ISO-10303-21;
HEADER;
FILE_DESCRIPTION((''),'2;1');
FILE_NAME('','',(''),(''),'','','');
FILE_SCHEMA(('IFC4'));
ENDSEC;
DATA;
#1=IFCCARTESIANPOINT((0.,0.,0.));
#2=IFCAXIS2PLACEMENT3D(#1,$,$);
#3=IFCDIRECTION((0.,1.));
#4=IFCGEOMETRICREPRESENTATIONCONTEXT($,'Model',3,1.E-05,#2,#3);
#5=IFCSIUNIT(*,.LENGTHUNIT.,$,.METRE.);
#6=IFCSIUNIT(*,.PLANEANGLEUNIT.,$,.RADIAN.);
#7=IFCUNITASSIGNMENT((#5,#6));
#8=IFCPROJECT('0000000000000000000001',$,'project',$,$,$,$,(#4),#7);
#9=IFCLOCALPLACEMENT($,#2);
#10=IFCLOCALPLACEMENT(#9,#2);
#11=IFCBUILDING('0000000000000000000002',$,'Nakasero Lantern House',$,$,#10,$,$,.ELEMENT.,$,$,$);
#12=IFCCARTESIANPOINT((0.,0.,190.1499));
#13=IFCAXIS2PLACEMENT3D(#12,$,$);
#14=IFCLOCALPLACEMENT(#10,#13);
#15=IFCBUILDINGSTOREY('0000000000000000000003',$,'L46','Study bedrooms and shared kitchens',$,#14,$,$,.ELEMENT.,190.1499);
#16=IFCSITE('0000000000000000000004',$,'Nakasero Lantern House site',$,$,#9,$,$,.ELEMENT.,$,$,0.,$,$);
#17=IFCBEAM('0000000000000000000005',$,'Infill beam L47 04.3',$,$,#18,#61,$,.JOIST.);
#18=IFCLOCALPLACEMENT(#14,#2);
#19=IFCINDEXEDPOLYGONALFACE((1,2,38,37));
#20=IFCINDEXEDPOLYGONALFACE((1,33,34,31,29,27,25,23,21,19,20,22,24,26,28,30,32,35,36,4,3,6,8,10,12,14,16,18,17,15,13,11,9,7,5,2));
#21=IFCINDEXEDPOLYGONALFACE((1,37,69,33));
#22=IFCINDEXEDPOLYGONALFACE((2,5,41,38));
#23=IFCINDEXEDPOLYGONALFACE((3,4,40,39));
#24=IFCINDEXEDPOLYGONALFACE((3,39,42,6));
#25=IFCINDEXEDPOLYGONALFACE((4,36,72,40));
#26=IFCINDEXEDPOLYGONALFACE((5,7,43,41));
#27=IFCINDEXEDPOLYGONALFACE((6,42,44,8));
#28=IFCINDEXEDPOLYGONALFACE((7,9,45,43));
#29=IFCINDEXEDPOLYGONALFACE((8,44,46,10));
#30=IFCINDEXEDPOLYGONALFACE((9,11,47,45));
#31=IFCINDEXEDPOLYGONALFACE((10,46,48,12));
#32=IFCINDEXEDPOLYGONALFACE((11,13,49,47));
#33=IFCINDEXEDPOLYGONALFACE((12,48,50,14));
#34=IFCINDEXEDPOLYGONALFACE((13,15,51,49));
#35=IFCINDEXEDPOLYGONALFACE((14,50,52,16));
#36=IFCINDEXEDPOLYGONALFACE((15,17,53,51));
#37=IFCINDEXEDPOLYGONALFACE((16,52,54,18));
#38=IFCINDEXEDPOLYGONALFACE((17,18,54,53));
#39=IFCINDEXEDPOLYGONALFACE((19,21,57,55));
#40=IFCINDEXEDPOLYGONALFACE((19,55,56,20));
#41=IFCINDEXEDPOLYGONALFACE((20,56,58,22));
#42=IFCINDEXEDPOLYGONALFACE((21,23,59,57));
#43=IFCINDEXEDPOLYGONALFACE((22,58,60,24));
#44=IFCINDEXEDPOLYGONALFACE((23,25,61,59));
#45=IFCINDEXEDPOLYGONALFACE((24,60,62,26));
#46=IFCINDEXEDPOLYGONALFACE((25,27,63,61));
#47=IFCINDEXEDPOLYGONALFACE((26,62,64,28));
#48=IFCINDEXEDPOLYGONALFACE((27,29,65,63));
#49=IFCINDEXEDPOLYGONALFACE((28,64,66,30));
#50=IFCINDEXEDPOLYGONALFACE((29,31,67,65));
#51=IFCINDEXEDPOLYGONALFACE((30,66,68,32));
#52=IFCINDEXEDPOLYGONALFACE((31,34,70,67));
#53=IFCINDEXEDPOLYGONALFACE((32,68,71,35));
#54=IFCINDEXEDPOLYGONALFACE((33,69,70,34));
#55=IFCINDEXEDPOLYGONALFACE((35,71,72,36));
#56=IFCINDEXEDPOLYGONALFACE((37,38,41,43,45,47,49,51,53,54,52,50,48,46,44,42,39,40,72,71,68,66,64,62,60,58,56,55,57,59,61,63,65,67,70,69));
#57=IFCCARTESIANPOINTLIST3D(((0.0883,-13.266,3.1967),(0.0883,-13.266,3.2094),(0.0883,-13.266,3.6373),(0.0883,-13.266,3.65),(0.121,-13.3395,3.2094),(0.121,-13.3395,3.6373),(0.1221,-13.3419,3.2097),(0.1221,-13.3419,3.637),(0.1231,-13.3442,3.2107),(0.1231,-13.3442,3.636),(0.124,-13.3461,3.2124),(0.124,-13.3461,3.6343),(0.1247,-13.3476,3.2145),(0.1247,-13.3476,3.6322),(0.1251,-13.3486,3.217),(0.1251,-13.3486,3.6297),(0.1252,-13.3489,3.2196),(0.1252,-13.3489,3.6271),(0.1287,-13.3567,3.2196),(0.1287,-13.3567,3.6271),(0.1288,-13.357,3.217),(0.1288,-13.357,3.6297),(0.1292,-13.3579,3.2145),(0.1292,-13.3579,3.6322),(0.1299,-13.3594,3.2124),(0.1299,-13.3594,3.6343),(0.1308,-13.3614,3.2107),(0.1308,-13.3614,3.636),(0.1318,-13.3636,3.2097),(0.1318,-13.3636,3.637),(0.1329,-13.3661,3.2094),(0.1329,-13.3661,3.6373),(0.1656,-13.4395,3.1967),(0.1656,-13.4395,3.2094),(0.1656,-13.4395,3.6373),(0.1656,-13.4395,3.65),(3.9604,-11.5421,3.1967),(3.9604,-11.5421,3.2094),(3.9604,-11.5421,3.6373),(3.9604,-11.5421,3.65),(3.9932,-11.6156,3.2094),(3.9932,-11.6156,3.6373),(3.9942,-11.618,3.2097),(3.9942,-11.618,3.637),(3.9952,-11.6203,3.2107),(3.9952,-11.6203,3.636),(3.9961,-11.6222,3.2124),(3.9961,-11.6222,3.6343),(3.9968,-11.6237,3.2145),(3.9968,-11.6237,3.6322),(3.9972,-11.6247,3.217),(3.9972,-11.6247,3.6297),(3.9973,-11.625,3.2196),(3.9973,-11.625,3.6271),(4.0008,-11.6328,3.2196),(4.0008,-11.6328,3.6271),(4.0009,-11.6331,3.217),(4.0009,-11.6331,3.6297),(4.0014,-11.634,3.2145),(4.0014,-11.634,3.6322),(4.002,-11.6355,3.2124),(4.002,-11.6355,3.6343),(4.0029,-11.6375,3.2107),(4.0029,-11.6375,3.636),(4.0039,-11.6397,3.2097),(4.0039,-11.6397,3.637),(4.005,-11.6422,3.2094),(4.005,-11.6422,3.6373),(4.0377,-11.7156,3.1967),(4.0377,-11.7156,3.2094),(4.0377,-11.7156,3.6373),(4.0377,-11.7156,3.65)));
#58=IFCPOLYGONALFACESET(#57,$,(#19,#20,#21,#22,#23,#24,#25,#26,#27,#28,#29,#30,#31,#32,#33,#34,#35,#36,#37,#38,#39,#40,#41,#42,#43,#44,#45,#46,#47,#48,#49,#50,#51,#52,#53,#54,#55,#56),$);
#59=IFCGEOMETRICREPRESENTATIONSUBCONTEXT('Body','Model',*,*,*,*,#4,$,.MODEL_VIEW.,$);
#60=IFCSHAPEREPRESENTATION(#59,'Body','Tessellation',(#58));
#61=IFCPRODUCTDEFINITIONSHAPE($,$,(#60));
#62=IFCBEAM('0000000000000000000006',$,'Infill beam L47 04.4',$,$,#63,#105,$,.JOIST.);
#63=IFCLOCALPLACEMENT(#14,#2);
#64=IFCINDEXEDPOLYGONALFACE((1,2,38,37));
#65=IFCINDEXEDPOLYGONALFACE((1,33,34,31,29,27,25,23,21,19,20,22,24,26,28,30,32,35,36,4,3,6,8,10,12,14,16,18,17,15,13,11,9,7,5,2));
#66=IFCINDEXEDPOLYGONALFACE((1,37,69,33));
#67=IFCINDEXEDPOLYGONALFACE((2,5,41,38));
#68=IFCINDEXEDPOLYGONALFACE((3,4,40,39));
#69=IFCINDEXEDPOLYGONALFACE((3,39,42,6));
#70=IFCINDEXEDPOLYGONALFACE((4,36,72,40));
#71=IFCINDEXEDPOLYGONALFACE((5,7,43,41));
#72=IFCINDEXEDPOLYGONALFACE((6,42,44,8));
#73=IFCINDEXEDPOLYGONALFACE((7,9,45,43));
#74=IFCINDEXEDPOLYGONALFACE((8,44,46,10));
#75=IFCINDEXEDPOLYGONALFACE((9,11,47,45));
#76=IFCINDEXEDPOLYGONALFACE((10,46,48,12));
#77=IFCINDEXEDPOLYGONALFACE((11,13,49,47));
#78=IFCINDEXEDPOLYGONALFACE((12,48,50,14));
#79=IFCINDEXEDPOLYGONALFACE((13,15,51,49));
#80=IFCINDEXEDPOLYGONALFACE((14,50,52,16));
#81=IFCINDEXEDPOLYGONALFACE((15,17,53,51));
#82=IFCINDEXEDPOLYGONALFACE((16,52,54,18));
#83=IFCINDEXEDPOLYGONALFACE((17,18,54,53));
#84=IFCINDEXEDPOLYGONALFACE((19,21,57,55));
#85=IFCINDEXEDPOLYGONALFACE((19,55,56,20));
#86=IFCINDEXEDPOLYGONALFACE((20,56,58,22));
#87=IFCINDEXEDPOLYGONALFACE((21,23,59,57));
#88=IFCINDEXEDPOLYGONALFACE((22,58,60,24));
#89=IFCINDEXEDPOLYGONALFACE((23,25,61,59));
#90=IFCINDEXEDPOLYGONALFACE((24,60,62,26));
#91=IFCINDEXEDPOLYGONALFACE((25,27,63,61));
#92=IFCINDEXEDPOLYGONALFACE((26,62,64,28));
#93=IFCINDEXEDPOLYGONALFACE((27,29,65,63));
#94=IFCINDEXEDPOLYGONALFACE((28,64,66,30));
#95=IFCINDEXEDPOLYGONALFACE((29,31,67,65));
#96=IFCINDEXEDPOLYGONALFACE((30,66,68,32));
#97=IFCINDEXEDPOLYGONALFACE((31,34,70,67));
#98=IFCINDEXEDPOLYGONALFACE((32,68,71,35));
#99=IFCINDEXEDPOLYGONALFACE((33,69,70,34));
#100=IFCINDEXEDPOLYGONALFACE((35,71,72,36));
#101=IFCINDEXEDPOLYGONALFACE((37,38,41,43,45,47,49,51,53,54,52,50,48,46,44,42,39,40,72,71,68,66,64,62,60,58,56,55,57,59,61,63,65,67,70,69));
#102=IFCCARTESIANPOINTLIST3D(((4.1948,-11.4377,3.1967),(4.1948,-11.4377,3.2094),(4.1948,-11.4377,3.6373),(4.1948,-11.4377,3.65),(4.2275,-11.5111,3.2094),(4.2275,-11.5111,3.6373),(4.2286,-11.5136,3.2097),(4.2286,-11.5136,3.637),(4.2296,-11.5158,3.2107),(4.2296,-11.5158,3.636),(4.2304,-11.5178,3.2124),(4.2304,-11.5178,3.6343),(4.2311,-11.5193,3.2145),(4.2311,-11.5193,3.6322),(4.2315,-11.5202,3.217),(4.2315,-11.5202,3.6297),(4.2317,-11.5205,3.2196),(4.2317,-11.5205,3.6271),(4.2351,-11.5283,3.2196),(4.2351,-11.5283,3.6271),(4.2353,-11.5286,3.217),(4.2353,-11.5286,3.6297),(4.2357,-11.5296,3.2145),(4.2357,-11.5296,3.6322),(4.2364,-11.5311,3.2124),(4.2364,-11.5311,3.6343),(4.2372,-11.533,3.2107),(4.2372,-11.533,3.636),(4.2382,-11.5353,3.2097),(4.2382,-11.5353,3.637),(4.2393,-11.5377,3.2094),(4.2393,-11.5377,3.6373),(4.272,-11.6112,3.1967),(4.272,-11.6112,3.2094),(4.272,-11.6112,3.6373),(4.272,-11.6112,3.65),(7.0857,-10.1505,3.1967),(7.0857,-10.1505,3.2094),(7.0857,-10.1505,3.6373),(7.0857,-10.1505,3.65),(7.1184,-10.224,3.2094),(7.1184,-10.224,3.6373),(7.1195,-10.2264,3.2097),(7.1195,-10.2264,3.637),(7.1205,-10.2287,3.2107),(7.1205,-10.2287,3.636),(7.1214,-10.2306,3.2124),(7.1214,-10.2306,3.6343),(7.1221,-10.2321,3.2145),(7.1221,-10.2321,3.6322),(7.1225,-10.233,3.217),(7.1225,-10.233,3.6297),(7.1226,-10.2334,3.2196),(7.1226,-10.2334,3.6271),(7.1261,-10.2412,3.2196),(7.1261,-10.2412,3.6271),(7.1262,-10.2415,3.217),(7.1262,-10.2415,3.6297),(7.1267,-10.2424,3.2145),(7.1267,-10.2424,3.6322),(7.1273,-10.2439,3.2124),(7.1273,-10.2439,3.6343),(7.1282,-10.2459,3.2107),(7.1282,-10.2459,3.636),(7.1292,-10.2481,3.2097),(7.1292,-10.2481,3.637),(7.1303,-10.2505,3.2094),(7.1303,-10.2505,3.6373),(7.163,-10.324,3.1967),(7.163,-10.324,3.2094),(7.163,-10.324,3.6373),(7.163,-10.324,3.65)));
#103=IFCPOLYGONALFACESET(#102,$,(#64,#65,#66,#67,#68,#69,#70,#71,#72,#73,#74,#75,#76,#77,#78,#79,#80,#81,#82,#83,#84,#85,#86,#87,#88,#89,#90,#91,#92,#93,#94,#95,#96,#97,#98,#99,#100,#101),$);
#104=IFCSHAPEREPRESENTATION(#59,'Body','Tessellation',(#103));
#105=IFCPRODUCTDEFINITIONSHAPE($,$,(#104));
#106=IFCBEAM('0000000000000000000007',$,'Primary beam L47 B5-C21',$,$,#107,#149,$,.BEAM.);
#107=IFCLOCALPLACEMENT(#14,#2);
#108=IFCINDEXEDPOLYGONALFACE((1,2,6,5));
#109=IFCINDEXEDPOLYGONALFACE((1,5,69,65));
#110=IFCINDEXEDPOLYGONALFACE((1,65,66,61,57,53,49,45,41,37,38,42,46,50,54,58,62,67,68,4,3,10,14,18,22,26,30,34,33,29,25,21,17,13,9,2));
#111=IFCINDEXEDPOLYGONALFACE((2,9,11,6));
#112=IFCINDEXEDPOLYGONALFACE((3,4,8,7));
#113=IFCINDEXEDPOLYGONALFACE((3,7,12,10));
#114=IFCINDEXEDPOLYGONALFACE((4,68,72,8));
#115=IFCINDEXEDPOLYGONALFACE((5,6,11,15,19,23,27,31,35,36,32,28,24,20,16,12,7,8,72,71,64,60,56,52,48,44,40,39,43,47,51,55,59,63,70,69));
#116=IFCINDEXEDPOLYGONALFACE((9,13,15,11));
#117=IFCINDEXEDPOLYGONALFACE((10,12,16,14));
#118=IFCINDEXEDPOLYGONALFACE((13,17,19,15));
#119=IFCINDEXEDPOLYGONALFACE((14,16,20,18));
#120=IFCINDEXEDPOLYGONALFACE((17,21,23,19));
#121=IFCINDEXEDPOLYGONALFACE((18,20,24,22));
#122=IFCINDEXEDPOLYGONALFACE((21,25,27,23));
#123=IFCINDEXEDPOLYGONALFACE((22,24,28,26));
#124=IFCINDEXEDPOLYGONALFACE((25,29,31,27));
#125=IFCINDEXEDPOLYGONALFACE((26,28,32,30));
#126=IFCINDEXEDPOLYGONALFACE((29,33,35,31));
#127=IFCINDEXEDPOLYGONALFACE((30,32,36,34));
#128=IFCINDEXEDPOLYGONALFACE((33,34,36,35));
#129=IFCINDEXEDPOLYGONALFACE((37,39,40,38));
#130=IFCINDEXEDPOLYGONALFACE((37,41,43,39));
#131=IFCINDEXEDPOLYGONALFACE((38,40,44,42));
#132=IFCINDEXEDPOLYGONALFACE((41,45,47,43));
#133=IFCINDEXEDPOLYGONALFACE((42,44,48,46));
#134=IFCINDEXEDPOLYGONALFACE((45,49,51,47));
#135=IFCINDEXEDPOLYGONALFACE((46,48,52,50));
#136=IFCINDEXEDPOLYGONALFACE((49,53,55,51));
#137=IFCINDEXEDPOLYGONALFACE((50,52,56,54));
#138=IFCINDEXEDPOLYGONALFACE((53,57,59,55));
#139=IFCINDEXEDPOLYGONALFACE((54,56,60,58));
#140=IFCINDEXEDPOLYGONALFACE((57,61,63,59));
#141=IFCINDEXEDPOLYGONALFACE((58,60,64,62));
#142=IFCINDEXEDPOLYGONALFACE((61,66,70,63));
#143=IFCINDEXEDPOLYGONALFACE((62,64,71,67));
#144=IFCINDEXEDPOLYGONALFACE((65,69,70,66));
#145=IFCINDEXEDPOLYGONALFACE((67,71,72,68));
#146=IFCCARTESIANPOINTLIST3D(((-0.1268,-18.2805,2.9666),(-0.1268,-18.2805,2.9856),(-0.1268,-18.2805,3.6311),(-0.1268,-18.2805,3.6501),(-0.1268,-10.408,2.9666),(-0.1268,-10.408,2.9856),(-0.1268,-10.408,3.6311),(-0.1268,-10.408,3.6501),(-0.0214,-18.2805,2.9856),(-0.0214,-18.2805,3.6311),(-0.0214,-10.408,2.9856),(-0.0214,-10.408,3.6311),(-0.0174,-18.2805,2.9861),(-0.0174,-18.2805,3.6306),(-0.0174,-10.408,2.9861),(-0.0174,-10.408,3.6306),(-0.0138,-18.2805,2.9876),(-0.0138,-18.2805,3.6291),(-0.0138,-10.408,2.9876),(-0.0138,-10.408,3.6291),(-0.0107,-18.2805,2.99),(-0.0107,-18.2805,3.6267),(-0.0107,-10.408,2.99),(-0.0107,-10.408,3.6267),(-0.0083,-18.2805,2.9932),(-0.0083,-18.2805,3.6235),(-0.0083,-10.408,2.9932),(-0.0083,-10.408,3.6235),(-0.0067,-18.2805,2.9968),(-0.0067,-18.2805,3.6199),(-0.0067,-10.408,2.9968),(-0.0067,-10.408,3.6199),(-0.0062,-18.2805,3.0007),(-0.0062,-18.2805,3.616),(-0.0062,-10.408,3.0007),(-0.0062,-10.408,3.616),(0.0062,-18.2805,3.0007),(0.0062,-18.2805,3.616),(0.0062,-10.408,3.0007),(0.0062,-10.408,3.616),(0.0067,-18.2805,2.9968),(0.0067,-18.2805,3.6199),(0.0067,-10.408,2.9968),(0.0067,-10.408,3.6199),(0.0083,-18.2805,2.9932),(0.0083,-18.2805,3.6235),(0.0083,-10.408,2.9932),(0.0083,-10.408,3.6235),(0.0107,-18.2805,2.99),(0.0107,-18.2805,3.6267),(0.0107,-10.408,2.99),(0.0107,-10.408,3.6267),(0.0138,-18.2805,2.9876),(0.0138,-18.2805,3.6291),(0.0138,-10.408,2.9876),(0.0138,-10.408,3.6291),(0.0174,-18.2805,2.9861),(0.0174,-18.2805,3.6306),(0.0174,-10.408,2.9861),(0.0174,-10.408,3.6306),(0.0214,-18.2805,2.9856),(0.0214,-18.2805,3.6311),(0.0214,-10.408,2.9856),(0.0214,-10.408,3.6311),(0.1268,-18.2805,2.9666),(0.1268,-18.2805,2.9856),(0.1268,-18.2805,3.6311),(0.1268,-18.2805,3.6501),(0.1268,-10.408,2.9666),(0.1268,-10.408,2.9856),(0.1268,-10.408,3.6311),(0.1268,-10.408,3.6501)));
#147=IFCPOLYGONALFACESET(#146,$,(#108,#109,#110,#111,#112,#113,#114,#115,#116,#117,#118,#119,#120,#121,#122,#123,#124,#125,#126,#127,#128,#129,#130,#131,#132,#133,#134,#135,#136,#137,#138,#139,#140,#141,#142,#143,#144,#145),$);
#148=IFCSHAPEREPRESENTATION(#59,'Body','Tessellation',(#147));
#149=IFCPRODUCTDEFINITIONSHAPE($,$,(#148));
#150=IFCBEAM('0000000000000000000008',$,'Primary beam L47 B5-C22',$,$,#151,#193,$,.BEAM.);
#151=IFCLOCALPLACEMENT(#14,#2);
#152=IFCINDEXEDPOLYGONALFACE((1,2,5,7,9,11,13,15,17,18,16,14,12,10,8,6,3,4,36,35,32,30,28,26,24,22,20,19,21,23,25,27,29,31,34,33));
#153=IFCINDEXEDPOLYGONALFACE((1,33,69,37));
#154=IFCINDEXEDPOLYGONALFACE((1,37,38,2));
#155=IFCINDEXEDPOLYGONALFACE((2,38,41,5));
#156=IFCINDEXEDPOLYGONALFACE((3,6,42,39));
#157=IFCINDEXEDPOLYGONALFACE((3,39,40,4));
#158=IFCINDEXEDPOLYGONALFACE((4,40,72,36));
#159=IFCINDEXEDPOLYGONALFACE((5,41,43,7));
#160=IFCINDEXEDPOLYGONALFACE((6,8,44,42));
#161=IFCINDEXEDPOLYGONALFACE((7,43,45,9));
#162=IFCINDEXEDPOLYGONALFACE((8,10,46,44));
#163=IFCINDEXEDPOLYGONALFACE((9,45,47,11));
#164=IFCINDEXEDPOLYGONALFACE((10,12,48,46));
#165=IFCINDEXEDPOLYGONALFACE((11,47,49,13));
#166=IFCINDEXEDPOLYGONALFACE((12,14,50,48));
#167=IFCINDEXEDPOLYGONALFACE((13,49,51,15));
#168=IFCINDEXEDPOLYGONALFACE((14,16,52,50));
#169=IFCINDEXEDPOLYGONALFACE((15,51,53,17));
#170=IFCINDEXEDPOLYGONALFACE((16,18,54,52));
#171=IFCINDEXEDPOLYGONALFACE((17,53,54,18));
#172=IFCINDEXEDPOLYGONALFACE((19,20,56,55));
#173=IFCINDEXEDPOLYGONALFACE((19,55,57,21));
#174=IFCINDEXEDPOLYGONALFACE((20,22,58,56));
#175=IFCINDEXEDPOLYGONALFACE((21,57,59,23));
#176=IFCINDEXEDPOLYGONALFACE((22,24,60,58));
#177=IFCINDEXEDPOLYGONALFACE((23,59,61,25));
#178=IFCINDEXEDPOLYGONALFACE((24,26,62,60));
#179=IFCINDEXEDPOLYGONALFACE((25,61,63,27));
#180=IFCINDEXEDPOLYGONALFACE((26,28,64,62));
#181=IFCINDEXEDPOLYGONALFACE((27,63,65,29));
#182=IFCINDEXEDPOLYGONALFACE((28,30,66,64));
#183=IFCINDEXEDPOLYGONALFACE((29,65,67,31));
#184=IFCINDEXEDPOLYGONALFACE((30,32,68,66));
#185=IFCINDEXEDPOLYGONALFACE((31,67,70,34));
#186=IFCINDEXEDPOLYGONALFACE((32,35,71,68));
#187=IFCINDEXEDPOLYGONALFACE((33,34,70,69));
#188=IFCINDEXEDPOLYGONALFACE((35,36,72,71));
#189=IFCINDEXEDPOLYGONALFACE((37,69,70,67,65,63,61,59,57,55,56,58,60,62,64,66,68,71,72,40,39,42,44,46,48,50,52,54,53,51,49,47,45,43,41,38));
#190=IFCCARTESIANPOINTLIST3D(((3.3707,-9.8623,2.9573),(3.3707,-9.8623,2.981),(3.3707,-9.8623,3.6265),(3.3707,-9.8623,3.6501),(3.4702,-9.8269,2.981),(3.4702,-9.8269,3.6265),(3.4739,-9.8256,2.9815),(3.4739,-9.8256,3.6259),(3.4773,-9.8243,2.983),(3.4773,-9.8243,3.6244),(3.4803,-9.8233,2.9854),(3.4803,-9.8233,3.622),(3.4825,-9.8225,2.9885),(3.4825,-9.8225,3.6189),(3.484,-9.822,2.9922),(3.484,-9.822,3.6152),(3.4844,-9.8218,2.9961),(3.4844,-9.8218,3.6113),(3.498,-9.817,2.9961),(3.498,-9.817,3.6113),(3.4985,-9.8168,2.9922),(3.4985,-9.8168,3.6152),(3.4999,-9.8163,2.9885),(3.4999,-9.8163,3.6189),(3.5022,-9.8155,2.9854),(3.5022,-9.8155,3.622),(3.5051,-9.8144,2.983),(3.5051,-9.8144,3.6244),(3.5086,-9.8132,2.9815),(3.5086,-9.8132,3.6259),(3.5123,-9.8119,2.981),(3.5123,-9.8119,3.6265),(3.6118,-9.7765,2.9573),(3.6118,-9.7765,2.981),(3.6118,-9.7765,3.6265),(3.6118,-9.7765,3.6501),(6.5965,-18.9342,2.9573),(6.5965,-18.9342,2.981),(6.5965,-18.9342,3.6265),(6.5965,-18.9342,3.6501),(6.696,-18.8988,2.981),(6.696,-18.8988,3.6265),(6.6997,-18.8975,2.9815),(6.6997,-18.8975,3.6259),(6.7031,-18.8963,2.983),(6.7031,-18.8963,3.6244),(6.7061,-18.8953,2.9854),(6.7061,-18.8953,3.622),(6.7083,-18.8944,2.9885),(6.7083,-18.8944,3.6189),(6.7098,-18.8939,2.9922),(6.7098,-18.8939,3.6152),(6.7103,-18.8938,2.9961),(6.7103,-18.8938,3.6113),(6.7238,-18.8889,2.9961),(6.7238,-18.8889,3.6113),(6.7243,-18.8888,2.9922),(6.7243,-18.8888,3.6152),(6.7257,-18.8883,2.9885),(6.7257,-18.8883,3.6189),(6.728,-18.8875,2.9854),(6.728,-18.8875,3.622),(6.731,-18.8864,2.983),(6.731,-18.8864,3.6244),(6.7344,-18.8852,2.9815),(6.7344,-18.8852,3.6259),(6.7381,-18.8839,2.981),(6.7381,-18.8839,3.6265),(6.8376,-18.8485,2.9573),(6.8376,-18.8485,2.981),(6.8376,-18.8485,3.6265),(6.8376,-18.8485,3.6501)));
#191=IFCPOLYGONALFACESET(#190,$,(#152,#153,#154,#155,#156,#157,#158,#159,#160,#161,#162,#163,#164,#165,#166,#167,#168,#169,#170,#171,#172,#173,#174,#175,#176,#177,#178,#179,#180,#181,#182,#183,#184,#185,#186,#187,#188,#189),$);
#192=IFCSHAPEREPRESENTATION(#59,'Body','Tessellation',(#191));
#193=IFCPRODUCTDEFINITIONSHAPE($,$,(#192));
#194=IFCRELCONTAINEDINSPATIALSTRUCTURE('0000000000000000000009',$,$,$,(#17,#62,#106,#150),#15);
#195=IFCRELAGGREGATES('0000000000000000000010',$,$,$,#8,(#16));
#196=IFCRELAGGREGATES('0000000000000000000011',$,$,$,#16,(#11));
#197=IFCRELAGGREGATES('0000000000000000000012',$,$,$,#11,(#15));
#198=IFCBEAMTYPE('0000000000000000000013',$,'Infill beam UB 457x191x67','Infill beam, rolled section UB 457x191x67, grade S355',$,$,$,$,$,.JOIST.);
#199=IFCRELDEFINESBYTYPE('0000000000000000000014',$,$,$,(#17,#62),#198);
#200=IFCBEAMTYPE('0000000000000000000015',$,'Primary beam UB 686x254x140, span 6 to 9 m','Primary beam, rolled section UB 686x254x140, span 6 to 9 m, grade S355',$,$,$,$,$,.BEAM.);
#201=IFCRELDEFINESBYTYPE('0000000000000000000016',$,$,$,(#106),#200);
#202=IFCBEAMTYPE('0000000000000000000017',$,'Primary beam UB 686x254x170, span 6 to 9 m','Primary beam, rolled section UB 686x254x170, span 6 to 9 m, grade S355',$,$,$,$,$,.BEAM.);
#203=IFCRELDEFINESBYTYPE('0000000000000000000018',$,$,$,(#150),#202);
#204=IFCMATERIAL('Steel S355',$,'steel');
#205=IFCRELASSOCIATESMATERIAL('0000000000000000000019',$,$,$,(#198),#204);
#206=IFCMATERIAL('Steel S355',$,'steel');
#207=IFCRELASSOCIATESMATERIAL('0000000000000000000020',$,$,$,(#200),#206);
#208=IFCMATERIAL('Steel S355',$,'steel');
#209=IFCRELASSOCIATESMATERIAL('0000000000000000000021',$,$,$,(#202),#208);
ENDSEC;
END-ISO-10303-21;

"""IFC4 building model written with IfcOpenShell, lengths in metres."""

from ifc_helpers import new_model, si_unit, direction, frame, origin, origin_2d, place, context, subcontext, project, spatial, i_section, extrude, material, material_profile, profile_set, type_object, element, save


model = new_model("IFC4")

# Units and contexts
model_context = context("Model", 3, precision=1e-05, world=origin(), true_north=direction((0.0, 1.0)))
body_context = subcontext(model_context, "Body", "Model", "MODEL_VIEW")
ifc_project = project(units=[si_unit("LENGTHUNIT", "METRE"), si_unit("PLANEANGLEUNIT", "RADIAN")], contexts=[model_context])

# Site, building, storey
site_placement = place(None, origin())
site = spatial("IfcSite", under=ifc_project, at=site_placement, Name="Nakasero Lantern House site", CompositionType="ELEMENT", RefElevation=0.0)
building_placement = place(site_placement, origin())
building = spatial("IfcBuilding", under=site, at=building_placement, Name="Nakasero Lantern House", CompositionType="ELEMENT")
storey_placement = place(building_placement, frame((0.0, 0.0, 190.1499)))
storey = spatial("IfcBuildingStorey", under=building, at=storey_placement, Name="L46", Description="Study bedrooms and shared kitchens", CompositionType="ELEMENT", Elevation=190.1499)

# Beams
ifc_material_1 = material(Name="Steel S355", Category="steel")
ifc_material_profile_1 = material_profile(ifc_material_1, i_section(OverallWidth=0.1899, OverallDepth=0.4534, WebThickness=0.0085, FlangeThickness=0.0127, FilletRadius=0.0103, at=origin_2d()), Name="UB 457x191x67")
ifc_profile_set_1 = profile_set([ifc_material_profile_1], Name="Steel S355")
beam_type_1 = type_object("IfcBeamType", Name="Infill beam UB 457x191x67", Description="Infill beam, rolled section UB 457x191x67, grade S355", PredefinedType="JOIST", material=ifc_profile_set_1)
beam_1_placement = place(storey_placement, frame((0.127, -13.3528, 3.4233), z_axis=(0.913552, 0.406721, 0.0), x_axis=(-0.406721, 0.913552, 0.0)))
element("IfcBeam", 1, at=beam_1_placement, inside=storey, type_object=beam_type_1, Name="Infill beam L47 04.3", PredefinedType="JOIST", context=body_context, shape_type="SweptSolid", body=[
    extrude(i_section(OverallWidth=0.1899, OverallDepth=0.4534, WebThickness=0.0085, FlangeThickness=0.0127, FilletRadius=0.0103, at=origin_2d()), origin(), (0.0, 0.0, 1.0), 4.2385),
])
beam_2_placement = place(storey_placement, frame((4.2334, -11.5244, 3.4233), z_axis=(0.913544, 0.40674, 0.0), x_axis=(-0.40674, 0.913544, 0.0)))
element("IfcBeam", 2, at=beam_2_placement, inside=storey, type_object=beam_type_1, Name="Infill beam L47 04.4", PredefinedType="JOIST", context=body_context, shape_type="SweptSolid", body=[
    extrude(i_section(OverallWidth=0.1899, OverallDepth=0.4534, WebThickness=0.0085, FlangeThickness=0.0127, FilletRadius=0.0103, at=origin_2d()), origin(), (0.0, 0.0, 1.0), 3.1646),
])
ifc_material_2 = material(Name="Steel S355", Category="steel")
ifc_material_profile_2 = material_profile(ifc_material_2, i_section(OverallWidth=0.2537, OverallDepth=0.6836, WebThickness=0.0125, FlangeThickness=0.019, FilletRadius=0.0151, at=origin_2d()), Name="UB 686x254x140")
ifc_profile_set_2 = profile_set([ifc_material_profile_2], Name="Steel S355")
beam_type_2 = type_object("IfcBeamType", Name="Primary beam UB 686x254x140, span 6 to 9 m", Description="Primary beam, rolled section UB 686x254x140, span 6 to 9 m, grade S355", PredefinedType="BEAM", material=ifc_profile_set_2)
beam_3_placement = place(storey_placement, frame((0.0, -18.2805, 3.3083), z_axis=(0.0, 1.0, 0.0), x_axis=(-1.0, 0.0, 0.0)))
element("IfcBeam", 3, at=beam_3_placement, inside=storey, type_object=beam_type_2, Name="Primary beam L47 B5-C21", PredefinedType="BEAM", context=body_context, shape_type="SweptSolid", body=[
    extrude(i_section(OverallWidth=0.2537, OverallDepth=0.6836, WebThickness=0.0125, FlangeThickness=0.019, FilletRadius=0.0151, at=origin_2d()), origin(), (0.0, 0.0, 1.0), 7.8726),
])
ifc_material_3 = material(Name="Steel S355", Category="steel")
ifc_material_profile_3 = material_profile(ifc_material_3, i_section(OverallWidth=0.2559, OverallDepth=0.6929, WebThickness=0.0144, FlangeThickness=0.0237, FilletRadius=0.0151, at=origin_2d()), Name="UB 686x254x170")
ifc_profile_set_3 = profile_set([ifc_material_profile_3], Name="Steel S355")
beam_type_3 = type_object("IfcBeamType", Name="Primary beam UB 686x254x170, span 6 to 9 m", Description="Primary beam, rolled section UB 686x254x170, span 6 to 9 m, grade S355", PredefinedType="BEAM", material=ifc_profile_set_3)
beam_4_placement = place(storey_placement, frame((6.717, -18.8914, 3.3037), z_axis=(-0.33503, 0.942207, 0.0), x_axis=(-0.942207, -0.33503, 0.0)))
element("IfcBeam", 4, at=beam_4_placement, inside=storey, type_object=beam_type_3, Name="Primary beam L47 B5-C22", PredefinedType="BEAM", context=body_context, shape_type="SweptSolid", body=[
    extrude(i_section(OverallWidth=0.2559, OverallDepth=0.6929, WebThickness=0.0144, FlangeThickness=0.0237, FilletRadius=0.0151, at=origin_2d()), origin(), (0.0, 0.0, 1.0), 9.6284),
])

save(model, "model.ifc")
